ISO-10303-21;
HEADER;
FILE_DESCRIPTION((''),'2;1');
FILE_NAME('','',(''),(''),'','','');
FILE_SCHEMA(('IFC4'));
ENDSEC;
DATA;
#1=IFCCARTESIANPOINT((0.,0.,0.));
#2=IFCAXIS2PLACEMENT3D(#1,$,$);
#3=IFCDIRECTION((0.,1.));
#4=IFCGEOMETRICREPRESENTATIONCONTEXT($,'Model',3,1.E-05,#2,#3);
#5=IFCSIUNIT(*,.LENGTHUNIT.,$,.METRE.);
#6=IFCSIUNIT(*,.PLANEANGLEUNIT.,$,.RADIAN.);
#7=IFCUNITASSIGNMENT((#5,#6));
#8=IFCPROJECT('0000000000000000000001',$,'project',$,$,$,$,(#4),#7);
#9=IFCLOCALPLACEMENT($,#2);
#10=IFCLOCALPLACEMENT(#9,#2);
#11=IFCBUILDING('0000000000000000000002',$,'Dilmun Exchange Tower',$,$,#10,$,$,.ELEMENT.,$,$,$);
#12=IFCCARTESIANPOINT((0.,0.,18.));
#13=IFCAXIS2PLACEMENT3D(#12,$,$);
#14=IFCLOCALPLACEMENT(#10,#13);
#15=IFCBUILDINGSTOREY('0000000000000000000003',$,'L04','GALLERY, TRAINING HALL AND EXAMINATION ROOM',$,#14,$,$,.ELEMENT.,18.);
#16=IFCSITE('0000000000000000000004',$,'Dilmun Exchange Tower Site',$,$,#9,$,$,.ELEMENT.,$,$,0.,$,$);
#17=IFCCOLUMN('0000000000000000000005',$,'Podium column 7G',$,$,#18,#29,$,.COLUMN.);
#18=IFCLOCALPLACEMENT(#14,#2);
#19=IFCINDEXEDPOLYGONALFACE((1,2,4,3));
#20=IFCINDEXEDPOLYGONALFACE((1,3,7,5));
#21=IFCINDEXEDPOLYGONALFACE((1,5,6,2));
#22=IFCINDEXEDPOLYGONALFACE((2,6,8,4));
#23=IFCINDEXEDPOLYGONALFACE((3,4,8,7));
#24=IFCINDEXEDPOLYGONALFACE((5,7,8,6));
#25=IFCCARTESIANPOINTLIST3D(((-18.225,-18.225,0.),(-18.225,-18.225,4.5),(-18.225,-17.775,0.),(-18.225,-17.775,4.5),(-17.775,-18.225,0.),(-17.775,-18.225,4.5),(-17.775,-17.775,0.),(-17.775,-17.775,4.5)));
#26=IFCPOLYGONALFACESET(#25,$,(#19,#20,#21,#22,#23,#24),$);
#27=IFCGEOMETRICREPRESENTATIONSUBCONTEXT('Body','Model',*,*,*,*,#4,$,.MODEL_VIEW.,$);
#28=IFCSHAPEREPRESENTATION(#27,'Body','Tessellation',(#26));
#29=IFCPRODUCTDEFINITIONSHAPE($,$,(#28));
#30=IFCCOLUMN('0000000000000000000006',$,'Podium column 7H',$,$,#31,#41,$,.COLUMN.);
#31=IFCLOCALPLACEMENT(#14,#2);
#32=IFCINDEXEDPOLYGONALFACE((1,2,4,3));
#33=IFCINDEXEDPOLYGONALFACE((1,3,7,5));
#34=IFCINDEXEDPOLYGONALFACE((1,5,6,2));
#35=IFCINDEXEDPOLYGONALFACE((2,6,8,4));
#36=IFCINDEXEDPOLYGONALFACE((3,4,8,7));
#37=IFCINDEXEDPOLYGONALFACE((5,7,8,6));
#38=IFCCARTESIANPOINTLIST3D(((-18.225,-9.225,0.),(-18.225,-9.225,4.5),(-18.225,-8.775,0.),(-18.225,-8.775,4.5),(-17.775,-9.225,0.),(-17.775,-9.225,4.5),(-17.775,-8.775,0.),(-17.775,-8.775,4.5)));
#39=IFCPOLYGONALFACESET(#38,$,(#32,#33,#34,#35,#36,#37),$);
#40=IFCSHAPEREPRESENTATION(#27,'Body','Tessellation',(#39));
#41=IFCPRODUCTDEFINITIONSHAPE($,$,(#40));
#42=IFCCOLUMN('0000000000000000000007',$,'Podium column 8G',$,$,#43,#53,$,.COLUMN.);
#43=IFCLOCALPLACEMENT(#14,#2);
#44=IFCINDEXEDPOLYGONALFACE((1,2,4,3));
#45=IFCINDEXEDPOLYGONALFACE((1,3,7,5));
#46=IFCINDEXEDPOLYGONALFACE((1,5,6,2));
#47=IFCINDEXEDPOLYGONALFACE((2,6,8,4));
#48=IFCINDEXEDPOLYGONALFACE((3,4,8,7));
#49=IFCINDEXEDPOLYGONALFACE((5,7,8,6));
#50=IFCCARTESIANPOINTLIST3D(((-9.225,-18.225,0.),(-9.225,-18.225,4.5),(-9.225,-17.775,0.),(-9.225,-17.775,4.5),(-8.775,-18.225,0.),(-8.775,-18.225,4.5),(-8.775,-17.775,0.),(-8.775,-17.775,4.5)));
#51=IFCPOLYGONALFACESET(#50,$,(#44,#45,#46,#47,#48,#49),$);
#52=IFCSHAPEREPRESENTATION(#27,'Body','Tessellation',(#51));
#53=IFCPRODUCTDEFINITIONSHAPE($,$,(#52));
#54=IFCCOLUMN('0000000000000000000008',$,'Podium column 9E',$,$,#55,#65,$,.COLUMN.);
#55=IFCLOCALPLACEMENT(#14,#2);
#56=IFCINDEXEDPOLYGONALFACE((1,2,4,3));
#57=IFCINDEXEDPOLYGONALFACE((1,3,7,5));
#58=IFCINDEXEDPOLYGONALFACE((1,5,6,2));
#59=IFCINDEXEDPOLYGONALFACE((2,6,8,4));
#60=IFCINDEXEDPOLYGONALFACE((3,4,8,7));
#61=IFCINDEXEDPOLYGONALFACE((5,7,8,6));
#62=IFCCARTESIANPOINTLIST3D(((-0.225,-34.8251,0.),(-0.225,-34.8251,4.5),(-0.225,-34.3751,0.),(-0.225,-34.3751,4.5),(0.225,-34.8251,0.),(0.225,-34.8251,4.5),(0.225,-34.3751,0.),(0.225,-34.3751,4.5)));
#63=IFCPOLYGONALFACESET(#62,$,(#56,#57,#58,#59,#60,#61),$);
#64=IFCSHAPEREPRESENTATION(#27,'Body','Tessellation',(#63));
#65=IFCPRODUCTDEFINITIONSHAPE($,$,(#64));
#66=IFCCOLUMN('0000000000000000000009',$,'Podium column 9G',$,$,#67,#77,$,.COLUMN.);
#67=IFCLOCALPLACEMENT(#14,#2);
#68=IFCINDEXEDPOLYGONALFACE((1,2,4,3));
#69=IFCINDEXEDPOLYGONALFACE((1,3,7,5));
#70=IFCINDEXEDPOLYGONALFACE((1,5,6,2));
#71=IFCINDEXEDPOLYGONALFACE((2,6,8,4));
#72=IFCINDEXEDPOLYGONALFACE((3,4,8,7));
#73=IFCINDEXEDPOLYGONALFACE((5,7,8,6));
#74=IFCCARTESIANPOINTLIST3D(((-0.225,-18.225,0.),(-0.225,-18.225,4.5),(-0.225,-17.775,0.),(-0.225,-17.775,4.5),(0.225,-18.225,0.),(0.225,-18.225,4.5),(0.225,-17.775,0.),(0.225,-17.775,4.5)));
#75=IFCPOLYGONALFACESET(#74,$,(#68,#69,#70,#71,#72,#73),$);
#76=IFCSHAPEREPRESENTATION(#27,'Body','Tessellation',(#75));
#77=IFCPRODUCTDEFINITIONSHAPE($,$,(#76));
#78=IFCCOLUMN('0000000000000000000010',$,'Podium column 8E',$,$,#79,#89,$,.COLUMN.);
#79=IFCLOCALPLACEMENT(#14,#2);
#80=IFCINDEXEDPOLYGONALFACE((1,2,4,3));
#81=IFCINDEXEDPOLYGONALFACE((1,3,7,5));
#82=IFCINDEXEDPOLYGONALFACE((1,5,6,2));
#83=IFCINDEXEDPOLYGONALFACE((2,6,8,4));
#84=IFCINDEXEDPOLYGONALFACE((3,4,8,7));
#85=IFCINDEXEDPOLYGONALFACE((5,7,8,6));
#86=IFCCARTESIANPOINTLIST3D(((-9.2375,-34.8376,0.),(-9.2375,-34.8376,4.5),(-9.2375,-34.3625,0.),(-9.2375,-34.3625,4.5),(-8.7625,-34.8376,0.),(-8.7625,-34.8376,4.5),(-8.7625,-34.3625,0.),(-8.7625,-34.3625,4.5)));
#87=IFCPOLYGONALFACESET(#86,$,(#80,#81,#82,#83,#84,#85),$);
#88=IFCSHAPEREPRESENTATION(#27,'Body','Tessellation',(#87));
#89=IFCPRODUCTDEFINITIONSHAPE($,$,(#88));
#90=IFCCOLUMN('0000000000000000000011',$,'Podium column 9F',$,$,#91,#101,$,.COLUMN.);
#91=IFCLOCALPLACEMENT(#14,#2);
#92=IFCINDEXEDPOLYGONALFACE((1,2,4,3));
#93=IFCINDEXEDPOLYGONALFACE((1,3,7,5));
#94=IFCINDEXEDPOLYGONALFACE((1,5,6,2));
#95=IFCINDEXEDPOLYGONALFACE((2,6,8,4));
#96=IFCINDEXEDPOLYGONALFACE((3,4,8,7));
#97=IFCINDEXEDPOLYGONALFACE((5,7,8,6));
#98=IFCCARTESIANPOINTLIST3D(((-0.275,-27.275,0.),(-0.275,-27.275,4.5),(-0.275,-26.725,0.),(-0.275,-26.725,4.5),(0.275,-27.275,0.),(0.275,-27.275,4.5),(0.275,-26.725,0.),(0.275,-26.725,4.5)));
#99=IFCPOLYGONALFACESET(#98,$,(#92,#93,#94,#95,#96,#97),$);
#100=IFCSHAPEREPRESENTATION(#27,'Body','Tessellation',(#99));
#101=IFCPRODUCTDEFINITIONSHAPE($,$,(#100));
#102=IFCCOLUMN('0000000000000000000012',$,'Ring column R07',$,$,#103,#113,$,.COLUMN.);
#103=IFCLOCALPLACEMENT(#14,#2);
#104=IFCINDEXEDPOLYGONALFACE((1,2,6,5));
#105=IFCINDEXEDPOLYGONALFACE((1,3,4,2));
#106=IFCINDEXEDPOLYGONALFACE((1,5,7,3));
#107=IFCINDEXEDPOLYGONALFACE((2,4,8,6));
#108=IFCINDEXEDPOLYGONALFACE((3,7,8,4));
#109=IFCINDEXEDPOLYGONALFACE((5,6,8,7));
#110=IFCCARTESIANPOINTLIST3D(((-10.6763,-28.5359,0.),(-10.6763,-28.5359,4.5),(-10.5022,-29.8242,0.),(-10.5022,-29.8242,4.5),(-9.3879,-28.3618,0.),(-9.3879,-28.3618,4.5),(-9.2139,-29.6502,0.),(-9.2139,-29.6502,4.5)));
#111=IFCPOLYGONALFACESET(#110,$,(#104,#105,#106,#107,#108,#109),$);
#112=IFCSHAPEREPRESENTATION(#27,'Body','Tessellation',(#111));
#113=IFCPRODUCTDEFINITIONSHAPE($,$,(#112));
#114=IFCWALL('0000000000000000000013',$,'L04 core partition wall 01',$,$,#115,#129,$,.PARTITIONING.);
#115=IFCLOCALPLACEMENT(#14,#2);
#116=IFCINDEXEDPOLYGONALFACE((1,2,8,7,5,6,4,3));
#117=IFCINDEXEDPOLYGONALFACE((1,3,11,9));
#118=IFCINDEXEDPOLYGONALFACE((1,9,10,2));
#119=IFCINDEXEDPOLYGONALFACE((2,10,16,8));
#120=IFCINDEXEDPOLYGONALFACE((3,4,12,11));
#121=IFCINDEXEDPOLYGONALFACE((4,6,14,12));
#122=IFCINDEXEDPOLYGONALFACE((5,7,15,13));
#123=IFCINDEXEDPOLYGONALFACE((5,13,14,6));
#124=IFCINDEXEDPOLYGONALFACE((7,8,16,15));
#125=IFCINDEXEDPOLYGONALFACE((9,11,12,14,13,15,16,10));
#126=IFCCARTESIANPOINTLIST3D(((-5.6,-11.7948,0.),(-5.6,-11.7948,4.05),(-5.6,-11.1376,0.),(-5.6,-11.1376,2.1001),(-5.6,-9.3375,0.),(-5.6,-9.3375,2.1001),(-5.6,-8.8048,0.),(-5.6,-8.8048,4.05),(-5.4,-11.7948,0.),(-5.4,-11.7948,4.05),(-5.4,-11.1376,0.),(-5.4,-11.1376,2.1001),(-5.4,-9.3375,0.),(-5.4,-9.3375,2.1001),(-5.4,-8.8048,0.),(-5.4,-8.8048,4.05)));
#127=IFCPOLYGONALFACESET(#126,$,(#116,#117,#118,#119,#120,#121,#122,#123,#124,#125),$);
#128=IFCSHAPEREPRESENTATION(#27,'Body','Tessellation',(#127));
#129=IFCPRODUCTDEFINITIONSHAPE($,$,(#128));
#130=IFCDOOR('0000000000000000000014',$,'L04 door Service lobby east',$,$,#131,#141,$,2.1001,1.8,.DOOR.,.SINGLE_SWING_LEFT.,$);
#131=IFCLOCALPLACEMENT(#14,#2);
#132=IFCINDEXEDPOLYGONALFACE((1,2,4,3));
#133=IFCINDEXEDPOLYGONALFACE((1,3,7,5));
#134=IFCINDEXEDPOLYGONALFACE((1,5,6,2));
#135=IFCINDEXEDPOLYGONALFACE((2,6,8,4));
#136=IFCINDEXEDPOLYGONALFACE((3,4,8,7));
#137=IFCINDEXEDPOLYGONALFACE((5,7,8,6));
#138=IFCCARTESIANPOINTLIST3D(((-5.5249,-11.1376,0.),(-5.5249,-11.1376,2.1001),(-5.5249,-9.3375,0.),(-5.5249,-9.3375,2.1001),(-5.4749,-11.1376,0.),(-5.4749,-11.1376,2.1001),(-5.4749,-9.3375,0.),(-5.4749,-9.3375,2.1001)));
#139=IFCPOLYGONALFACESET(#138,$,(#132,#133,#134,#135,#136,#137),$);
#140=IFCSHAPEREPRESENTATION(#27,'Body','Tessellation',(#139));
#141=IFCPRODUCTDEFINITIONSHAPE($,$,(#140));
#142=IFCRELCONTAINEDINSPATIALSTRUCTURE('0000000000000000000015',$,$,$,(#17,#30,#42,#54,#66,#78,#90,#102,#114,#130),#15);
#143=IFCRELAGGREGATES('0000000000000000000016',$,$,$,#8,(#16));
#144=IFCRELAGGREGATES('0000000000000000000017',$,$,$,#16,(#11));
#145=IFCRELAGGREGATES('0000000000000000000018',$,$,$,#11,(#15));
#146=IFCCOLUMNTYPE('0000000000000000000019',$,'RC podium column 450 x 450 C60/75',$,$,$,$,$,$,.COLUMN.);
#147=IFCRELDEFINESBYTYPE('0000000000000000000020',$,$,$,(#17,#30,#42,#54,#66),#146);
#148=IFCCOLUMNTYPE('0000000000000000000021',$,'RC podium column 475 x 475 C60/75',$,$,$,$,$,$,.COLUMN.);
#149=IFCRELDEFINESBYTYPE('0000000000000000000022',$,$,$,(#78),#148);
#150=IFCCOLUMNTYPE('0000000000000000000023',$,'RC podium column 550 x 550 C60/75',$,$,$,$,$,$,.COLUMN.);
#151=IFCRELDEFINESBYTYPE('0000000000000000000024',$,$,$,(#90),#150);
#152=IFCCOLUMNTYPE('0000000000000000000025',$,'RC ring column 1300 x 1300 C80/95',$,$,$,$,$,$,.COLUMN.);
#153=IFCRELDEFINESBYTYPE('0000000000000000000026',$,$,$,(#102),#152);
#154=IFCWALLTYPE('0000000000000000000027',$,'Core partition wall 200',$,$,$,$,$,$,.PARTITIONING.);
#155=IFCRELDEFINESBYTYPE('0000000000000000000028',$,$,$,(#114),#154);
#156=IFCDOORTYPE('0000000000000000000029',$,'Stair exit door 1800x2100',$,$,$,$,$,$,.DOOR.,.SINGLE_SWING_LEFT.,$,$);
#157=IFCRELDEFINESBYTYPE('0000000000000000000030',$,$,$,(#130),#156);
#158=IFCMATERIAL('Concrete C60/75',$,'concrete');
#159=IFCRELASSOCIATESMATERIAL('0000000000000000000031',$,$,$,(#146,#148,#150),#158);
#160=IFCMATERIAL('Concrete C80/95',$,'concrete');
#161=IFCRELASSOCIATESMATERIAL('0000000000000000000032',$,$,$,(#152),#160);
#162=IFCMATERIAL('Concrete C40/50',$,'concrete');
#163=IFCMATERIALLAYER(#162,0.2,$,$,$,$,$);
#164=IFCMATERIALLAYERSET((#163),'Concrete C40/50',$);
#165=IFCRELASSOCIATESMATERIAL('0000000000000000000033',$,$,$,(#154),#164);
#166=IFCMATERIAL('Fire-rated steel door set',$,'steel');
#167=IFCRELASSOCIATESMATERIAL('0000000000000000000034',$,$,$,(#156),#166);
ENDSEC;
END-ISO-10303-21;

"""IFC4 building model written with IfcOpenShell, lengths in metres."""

from ifc_helpers import new_model, si_unit, direction, frame, frame_2d, origin, origin_2d, place, context, subcontext, project, spatial, rectangle, extrude, material, layer, layer_set, material_profile, profile_set, type_object, element, fill, save


model = new_model("IFC4")

# Units and contexts
model_context = context("Model", 3, precision=1e-05, world=origin(), true_north=direction((0.0, 1.0)))
body_context = subcontext(model_context, "Body", "Model", "MODEL_VIEW")
ifc_project = project(units=[si_unit("LENGTHUNIT", "METRE"), si_unit("PLANEANGLEUNIT", "RADIAN")], contexts=[model_context])

# Site, building, storey
site_placement = place(None, origin())
site = spatial("IfcSite", under=ifc_project, at=site_placement, Name="Dilmun Exchange Tower Site", CompositionType="ELEMENT", RefElevation=0.0)
building_placement = place(site_placement, origin())
building = spatial("IfcBuilding", under=site, at=building_placement, Name="Dilmun Exchange Tower", CompositionType="ELEMENT")
storey_placement = place(building_placement, frame((0.0, 0.0, 18.0)))
storey = spatial("IfcBuildingStorey", under=building, at=storey_placement, Name="L04", Description="GALLERY, TRAINING HALL AND EXAMINATION ROOM", CompositionType="ELEMENT", Elevation=18.0)

# Columns
ifc_material_1 = material(Name="Concrete C60/75", Category="concrete")
ifc_material_profile_1 = material_profile(ifc_material_1, rectangle(XDim=0.45, YDim=0.45, at=origin_2d()), Name="450 x 450")
ifc_profile_set_1 = profile_set([ifc_material_profile_1], Name="Concrete C60/75")
column_type_1 = type_object("IfcColumnType", Name="RC podium column 450 x 450 C60/75", PredefinedType="COLUMN", material=ifc_profile_set_1)
for number, where, z_axis, x_axis, name in (
    (1, (-18.0, -18.0, 0.0), (0.0, 0.0, 1.0), (1.0, 0.0, 0.0), "Podium column 7G"),
    (2, (-18.0, -9.0, 0.0), (0.0, 0.0, 1.0), (1.0, 0.0, 0.0), "Podium column 7H"),
    (3, (-9.0, -18.0, 0.0), (0.0, 0.0, 1.0), (1.0, 0.0, 0.0), "Podium column 8G"),
    (4, (0.0, -34.6001, 0.0), (0.0, 0.0, 1.0), (1.0, 0.0, 0.0), "Podium column 9E"),
    (5, (0.0, -18.0, 0.0), (0.0, 0.0, 1.0), (1.0, 0.0, 0.0), "Podium column 9G"),
):
    element("IfcColumn", number, at=place(storey_placement, frame(where, z_axis=z_axis, x_axis=x_axis)), inside=storey, type_object=column_type_1, Name=name, PredefinedType="COLUMN", context=body_context, shape_type="SweptSolid", body=[
        extrude(rectangle(XDim=0.45, YDim=0.45, at=origin_2d()), origin(), (0.0, 0.0, 1.0), 4.5),
    ])
ifc_material_profile_2 = material_profile(ifc_material_1, rectangle(XDim=0.4751, YDim=0.4751, at=origin_2d()), Name="475 x 475")
ifc_profile_set_2 = profile_set([ifc_material_profile_2], Name="Concrete C60/75")
column_type_2 = type_object("IfcColumnType", Name="RC podium column 475 x 475 C60/75", PredefinedType="COLUMN", material=ifc_profile_set_2)
column_1_placement = place(storey_placement, frame((-9.0, -34.6001, 0.0), z_axis=(0.0, 0.0, 1.0), x_axis=(1.0, 0.0, 0.0)))
element("IfcColumn", 6, at=column_1_placement, inside=storey, type_object=column_type_2, Name="Podium column 8E", PredefinedType="COLUMN", context=body_context, shape_type="SweptSolid", body=[
    extrude(rectangle(XDim=0.4751, YDim=0.4751, at=origin_2d()), origin(), (0.0, 0.0, 1.0), 4.5),
])
ifc_material_profile_3 = material_profile(ifc_material_1, rectangle(XDim=0.55, YDim=0.55, at=origin_2d()), Name="550 x 550")
ifc_profile_set_3 = profile_set([ifc_material_profile_3], Name="Concrete C60/75")
column_type_3 = type_object("IfcColumnType", Name="RC podium column 550 x 550 C60/75", PredefinedType="COLUMN", material=ifc_profile_set_3)
column_2_placement = place(storey_placement, frame((0.0, -27.0, 0.0), z_axis=(0.0, 0.0, 1.0), x_axis=(1.0, 0.0, 0.0)))
element("IfcColumn", 7, at=column_2_placement, inside=storey, type_object=column_type_3, Name="Podium column 9F", PredefinedType="COLUMN", context=body_context, shape_type="SweptSolid", body=[
    extrude(rectangle(XDim=0.55, YDim=0.55, at=origin_2d()), origin(), (0.0, 0.0, 1.0), 4.5),
])
ifc_material_2 = material(Name="Concrete C80/95", Category="concrete")
ifc_material_profile_4 = material_profile(ifc_material_2, rectangle(XDim=1.3, YDim=1.3, at=origin_2d()), Name="1300 x 1300")
ifc_profile_set_4 = profile_set([ifc_material_profile_4], Name="Concrete C80/95")
column_type_4 = type_object("IfcColumnType", Name="RC ring column 1300 x 1300 C80/95", PredefinedType="COLUMN", material=ifc_profile_set_4)
column_3_placement = place(storey_placement, frame((-9.9451, -29.093, 0.0), z_axis=(0.0, 0.0, 1.0), x_axis=(0.991001, 0.133853, 0.0)))
element("IfcColumn", 8, at=column_3_placement, inside=storey, type_object=column_type_4, Name="Ring column R07", PredefinedType="COLUMN", context=body_context, shape_type="SweptSolid", body=[
    extrude(rectangle(XDim=1.3, YDim=1.3, at=origin_2d()), origin(), (0.0, 0.0, 1.0), 4.5),
])

# Wall, opening, door
ifc_material_3 = material(Name="Concrete C40/50", Category="concrete")
ifc_layer_1 = layer(ifc_material_3, 0.2)
ifc_layer_set_1 = layer_set([ifc_layer_1], Name="Concrete C40/50")
wall_type_1 = type_object("IfcWallType", Name="Core partition wall 200", PredefinedType="PARTITIONING", material=ifc_layer_set_1)
wall_1_placement = place(storey_placement, frame((-5.5, -11.7949, 0.0), z_axis=(0.0, 0.0, 1.0), x_axis=(0.0, 1.0, 0.0)))
wall_1 = element("IfcWall", 9, at=wall_1_placement, inside=storey, type_object=wall_type_1, Name="L04 core partition wall 01", PredefinedType="PARTITIONING", context=body_context, shape_type="SweptSolid", body=[
    extrude(rectangle(XDim=2.99, YDim=0.2, at=frame_2d((1.4951, 0.0))), origin(), (0.0, 0.0, 1.0), 4.05),
])
opening_1_placement = place(wall_1_placement, frame((0.6575, 0.0, 0.0)))
opening_1 = element("IfcOpeningElement", 10, at=opening_1_placement, cuts=wall_1, PredefinedType="OPENING", context=body_context, shape_type="SweptSolid", body=[
    extrude(rectangle(XDim=1.8, YDim=2.1001, at=frame_2d((0.8999, 1.05))), frame((0.0, 0.1099, 0.0), z_axis=(0.0, -1.0, 0.0), x_axis=(1.0, 0.0, 0.0)), (0.0, 0.0, 1.0), 0.22),
])
ifc_material_4 = material(Name="Fire-rated steel door set", Category="steel")
door_type_1 = type_object("IfcDoorType", Name="Stair exit door 1800x2100", OperationType="SINGLE_SWING_LEFT", PredefinedType="DOOR", material=ifc_material_4)
door_1_placement = place(opening_1_placement, origin())
door_1 = element("IfcDoor", 11, at=door_1_placement, inside=storey, type_object=door_type_1, Name="L04 door Service lobby east", OperationType="SINGLE_SWING_LEFT", OverallHeight=2.1001, OverallWidth=1.8, PredefinedType="DOOR", context=body_context, shape_type="SweptSolid", body=[
    extrude(rectangle(XDim=1.8, YDim=2.1001, at=frame_2d((0.8999, 1.05))), frame((0.0, 0.0249, 0.0), z_axis=(0.0, -1.0, 0.0), x_axis=(1.0, 0.0, 0.0)), (0.0, 0.0, 1.0), 0.05),
])
fill(opening_1, door_1)

save(model, "model.ifc")
